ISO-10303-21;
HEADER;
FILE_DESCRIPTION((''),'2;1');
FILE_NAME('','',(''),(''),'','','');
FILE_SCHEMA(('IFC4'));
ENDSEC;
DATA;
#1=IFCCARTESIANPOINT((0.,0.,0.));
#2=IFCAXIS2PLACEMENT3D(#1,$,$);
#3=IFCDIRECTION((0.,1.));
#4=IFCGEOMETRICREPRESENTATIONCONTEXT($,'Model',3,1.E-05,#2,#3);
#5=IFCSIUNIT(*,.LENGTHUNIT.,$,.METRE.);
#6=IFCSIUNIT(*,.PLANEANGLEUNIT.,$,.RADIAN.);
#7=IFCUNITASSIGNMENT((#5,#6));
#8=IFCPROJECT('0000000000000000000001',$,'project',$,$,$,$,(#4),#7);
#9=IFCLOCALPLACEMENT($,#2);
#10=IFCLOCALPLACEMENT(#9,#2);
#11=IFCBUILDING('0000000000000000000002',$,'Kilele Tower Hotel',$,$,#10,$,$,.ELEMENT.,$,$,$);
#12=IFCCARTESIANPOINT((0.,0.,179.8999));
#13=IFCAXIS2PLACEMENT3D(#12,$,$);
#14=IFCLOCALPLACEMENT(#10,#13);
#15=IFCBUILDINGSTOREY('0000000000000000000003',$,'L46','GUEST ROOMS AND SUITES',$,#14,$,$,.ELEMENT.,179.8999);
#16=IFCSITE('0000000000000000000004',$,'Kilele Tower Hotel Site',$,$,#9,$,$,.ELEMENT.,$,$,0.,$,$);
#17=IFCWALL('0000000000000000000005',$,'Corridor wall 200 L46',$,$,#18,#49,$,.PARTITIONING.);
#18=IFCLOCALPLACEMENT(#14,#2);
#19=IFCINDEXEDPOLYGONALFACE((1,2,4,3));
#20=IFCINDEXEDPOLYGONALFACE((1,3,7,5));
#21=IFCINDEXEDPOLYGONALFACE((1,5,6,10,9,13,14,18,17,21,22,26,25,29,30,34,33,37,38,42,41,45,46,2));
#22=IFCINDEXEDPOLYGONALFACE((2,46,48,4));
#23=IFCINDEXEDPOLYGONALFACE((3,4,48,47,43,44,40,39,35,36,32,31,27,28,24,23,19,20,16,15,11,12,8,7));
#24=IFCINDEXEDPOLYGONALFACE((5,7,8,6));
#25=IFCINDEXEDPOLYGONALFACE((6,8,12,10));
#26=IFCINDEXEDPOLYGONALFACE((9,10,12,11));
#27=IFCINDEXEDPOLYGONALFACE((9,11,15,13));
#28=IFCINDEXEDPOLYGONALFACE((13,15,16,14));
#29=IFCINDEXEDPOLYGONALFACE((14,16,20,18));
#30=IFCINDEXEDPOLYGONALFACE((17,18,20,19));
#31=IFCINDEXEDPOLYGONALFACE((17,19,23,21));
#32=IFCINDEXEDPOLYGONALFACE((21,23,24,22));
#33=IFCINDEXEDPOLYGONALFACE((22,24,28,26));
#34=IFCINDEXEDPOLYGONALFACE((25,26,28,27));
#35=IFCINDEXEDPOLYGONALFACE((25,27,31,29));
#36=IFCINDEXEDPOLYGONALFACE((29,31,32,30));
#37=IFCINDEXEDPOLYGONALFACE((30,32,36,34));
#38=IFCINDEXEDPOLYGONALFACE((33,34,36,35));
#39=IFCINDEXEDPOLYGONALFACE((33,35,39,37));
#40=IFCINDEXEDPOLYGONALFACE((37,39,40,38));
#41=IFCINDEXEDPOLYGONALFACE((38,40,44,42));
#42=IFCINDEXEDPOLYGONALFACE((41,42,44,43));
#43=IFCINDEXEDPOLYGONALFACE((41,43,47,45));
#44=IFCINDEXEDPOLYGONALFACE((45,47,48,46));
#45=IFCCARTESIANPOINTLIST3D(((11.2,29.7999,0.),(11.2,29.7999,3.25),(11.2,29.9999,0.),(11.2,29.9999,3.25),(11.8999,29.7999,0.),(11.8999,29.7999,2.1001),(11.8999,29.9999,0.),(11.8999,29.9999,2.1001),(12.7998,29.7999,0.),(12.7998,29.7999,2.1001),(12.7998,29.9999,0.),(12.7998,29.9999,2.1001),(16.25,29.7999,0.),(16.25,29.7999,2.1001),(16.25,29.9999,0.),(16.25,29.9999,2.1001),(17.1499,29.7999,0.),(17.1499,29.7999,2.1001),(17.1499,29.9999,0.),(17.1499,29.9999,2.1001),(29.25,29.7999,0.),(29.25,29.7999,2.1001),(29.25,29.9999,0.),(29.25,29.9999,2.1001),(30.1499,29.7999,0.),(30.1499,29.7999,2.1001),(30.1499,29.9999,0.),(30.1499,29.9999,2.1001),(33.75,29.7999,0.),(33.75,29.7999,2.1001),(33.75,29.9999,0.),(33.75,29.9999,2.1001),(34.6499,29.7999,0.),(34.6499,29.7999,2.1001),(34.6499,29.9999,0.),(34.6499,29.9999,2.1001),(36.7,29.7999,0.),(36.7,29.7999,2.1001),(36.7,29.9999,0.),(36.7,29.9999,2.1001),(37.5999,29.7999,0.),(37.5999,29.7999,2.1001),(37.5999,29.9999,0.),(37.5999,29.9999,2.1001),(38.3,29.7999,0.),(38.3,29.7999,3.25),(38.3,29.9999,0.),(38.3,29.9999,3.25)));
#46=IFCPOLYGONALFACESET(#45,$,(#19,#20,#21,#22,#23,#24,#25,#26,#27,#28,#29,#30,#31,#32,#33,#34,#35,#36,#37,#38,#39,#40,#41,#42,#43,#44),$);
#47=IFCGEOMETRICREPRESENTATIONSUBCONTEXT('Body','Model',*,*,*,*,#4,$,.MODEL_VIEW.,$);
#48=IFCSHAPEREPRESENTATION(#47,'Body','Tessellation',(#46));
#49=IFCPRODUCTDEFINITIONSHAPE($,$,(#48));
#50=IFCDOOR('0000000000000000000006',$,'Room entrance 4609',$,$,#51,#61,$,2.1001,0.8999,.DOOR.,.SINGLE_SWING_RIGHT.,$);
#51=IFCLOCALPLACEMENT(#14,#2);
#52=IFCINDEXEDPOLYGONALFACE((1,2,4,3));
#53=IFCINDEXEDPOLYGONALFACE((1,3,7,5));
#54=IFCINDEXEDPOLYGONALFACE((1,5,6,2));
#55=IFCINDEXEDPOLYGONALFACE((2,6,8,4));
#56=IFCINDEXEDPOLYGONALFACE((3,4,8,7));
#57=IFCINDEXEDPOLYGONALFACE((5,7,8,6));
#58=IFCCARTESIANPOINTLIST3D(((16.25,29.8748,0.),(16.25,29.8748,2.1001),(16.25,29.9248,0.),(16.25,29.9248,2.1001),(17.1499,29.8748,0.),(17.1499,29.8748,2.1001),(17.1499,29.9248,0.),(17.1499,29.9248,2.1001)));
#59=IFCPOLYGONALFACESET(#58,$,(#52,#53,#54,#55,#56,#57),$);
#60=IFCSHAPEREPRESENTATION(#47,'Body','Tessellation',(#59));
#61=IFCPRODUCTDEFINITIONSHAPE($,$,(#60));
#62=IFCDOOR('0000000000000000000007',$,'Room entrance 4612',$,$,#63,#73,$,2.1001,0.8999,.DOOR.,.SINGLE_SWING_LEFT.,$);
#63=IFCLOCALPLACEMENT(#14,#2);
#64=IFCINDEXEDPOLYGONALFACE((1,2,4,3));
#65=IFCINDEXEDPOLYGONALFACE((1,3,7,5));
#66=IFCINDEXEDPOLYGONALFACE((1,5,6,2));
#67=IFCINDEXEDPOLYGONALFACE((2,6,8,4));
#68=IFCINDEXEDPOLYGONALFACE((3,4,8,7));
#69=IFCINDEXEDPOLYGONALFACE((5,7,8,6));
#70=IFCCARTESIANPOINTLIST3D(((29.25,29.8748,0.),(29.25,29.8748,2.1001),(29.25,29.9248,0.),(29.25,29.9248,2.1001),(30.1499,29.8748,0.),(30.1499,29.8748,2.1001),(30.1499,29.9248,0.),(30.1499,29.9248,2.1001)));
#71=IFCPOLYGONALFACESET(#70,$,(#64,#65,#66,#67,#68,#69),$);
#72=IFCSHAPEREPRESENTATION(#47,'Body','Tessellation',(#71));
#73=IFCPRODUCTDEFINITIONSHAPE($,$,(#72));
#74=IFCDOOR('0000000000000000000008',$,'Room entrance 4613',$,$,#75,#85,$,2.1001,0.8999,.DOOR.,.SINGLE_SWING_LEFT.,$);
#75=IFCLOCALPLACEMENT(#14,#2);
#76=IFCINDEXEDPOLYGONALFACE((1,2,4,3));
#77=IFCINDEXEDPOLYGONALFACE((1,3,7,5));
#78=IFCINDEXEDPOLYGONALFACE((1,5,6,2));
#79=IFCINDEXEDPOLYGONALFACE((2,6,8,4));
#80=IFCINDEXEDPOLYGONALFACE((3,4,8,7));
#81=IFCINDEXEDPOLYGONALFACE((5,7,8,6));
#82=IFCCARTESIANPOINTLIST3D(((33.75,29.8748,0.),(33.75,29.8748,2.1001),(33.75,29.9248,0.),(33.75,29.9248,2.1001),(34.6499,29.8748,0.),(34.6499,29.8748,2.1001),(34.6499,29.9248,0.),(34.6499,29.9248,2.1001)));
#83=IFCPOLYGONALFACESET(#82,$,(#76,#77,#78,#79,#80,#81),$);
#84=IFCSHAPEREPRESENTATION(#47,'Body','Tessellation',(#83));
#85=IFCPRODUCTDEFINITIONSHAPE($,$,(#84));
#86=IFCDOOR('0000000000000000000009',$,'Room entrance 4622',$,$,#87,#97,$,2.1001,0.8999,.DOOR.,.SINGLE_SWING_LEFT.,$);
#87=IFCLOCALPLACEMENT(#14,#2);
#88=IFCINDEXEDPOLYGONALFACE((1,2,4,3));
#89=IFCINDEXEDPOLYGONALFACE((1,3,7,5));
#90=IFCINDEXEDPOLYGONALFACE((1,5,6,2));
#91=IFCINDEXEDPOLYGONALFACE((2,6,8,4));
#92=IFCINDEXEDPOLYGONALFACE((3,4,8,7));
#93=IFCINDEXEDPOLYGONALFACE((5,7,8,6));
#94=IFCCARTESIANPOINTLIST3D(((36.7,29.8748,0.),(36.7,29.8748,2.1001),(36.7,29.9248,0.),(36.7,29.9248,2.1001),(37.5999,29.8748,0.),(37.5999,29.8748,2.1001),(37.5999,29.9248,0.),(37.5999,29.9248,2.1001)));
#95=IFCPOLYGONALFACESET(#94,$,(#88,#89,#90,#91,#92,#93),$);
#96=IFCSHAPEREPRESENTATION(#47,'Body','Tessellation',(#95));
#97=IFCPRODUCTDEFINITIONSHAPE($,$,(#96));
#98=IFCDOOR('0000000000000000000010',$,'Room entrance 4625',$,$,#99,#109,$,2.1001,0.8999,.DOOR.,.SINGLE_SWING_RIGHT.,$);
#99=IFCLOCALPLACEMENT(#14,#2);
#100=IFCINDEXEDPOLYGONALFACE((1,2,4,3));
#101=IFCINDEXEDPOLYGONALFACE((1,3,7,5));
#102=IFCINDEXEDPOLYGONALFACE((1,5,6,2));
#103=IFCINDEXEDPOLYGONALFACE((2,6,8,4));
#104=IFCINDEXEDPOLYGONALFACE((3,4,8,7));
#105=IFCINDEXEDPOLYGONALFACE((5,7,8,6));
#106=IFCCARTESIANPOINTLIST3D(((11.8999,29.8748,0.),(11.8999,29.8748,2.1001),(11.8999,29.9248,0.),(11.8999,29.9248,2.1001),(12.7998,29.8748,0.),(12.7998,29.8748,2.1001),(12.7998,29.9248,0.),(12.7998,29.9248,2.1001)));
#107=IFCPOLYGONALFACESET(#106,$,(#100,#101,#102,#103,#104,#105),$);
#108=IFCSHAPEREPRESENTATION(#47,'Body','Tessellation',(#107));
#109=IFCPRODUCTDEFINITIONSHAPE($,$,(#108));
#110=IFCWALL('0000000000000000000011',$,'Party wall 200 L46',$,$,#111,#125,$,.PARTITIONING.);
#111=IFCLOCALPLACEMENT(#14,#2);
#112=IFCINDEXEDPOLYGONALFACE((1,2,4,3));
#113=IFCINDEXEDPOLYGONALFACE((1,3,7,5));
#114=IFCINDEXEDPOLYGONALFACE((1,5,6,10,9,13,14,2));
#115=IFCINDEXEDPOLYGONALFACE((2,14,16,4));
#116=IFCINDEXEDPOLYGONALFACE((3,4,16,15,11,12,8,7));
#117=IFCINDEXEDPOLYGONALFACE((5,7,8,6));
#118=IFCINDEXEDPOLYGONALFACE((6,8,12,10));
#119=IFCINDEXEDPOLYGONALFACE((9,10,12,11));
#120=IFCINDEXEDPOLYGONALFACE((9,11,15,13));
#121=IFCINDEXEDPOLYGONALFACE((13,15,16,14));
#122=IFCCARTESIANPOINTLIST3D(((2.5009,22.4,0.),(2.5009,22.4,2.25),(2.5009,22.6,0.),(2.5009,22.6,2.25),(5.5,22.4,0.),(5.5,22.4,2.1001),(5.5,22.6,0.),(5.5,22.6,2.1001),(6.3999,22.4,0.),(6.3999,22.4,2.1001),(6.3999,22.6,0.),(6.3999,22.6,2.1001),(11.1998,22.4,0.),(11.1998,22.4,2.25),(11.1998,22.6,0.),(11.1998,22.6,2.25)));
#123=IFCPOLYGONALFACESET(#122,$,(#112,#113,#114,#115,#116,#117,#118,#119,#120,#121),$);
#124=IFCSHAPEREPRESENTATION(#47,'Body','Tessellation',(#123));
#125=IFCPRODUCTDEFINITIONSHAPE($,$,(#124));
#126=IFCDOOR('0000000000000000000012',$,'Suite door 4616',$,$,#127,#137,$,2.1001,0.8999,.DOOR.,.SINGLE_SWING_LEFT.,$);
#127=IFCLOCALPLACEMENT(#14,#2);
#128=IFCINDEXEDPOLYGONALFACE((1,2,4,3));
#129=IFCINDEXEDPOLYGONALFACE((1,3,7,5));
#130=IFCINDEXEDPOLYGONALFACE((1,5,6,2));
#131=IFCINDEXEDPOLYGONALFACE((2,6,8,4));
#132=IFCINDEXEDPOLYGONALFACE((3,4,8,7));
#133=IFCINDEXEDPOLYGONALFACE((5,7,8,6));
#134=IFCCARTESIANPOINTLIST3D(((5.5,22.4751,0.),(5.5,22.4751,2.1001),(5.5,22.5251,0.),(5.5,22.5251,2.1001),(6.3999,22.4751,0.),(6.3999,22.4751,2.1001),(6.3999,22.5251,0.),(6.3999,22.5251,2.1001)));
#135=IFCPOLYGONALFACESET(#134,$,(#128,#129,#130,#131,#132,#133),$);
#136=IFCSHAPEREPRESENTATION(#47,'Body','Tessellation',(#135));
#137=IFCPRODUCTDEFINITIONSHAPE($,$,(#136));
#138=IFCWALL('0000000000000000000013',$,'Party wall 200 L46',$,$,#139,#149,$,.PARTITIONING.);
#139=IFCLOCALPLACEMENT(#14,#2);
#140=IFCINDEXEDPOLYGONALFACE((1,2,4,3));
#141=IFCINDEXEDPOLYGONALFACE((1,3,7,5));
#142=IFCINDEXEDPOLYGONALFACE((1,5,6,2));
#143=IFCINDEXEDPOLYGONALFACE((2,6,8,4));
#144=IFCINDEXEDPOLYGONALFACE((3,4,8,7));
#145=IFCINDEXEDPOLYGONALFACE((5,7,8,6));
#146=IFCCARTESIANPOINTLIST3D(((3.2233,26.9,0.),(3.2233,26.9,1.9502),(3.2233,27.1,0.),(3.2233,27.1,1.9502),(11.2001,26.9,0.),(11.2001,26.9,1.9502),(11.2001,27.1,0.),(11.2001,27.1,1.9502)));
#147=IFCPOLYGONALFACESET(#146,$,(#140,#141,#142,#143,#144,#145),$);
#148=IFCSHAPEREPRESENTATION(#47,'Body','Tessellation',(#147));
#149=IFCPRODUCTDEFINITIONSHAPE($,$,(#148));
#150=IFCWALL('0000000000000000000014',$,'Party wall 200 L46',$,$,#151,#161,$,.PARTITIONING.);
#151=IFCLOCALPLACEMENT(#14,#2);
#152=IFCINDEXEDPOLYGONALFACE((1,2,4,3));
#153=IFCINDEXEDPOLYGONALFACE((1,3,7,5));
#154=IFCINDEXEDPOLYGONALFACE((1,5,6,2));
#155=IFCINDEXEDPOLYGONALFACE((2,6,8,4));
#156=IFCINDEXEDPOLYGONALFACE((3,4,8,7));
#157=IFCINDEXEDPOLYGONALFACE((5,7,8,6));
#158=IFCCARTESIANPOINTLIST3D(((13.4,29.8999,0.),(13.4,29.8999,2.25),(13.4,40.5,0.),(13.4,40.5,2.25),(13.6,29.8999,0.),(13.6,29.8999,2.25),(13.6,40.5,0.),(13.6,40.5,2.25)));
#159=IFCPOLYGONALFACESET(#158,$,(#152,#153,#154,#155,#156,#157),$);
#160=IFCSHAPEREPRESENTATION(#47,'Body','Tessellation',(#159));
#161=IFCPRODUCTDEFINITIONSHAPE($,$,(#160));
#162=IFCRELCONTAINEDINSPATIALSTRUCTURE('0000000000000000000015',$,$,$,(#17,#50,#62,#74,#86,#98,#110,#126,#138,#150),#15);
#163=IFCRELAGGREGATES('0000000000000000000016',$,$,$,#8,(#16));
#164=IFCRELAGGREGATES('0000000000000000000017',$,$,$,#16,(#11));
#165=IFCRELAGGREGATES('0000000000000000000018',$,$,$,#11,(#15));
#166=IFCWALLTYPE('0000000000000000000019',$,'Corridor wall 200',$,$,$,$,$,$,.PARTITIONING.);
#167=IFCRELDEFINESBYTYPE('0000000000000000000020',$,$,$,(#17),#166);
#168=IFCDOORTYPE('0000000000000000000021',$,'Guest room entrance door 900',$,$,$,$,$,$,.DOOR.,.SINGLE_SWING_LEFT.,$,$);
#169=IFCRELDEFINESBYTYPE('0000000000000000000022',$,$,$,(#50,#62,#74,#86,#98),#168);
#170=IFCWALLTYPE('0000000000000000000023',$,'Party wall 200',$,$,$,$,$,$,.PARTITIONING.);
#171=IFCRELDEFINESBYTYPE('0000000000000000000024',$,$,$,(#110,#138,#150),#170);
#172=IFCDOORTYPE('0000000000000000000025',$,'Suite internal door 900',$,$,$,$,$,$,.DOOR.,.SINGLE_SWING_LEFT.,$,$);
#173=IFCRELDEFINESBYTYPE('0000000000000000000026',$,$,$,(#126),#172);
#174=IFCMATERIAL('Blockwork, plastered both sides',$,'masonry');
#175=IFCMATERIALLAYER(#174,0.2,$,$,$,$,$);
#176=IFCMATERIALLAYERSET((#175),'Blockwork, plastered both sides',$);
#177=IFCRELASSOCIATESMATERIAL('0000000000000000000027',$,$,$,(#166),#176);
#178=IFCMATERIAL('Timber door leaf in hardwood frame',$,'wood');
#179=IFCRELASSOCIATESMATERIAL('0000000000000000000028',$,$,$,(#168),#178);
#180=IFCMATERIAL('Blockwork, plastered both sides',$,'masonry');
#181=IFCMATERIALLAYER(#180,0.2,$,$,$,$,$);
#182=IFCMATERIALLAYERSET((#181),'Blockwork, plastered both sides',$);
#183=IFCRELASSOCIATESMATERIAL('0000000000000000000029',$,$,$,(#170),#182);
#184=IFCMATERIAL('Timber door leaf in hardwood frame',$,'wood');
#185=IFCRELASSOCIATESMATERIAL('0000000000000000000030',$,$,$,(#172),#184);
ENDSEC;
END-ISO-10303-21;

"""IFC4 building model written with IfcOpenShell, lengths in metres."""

from ifc_helpers import new_model, si_unit, direction, frame, frame_2d, origin, place, context, subcontext, project, spatial, rectangle, extrude, material, layer, layer_set, type_object, element, fill, save


model = new_model("IFC4")

# Units and contexts
model_context = context("Model", 3, precision=1e-05, world=origin(), true_north=direction((0.0, 1.0)))
body_context = subcontext(model_context, "Body", "Model", "MODEL_VIEW")
ifc_project = project(units=[si_unit("LENGTHUNIT", "METRE"), si_unit("PLANEANGLEUNIT", "RADIAN")], contexts=[model_context])

# Site, building, storey
site_placement = place(None, origin())
site = spatial("IfcSite", under=ifc_project, at=site_placement, Name="Kilele Tower Hotel Site", CompositionType="ELEMENT", RefElevation=0.0)
building_placement = place(site_placement, origin())
building = spatial("IfcBuilding", under=site, at=building_placement, Name="Kilele Tower Hotel", CompositionType="ELEMENT")
storey_placement = place(building_placement, frame((0.0, 0.0, 179.8999)))
storey = spatial("IfcBuildingStorey", under=building, at=storey_placement, Name="L46", Description="GUEST ROOMS AND SUITES", CompositionType="ELEMENT", Elevation=179.8999)

# Wall, openings, doors
ifc_material_1 = material(Name="Blockwork, plastered both sides", Category="masonry")
ifc_layer_1 = layer(ifc_material_1, 0.2)
ifc_layer_set_1 = layer_set([ifc_layer_1], Name="Blockwork, plastered both sides")
wall_type_1 = type_object("IfcWallType", Name="Corridor wall 200", PredefinedType="PARTITIONING", material=ifc_layer_set_1)
wall_1_placement = place(storey_placement, frame((11.2, 29.8999, 0.0), z_axis=(0.0, 0.0, 1.0), x_axis=(1.0, 0.0, 0.0)))
wall_1 = element("IfcWall", 1, at=wall_1_placement, inside=storey, type_object=wall_type_1, Name="Corridor wall 200 L46", PredefinedType="PARTITIONING", context=body_context, shape_type="SweptSolid", body=[
    extrude(rectangle(XDim=27.1001, YDim=0.2, at=frame_2d((13.55, 0.0))), origin(), (0.0, 0.0, 1.0), 3.25),
])
opening_1_placement = place(wall_1_placement, frame((5.05, 0.0, 0.0)))
opening_1 = element("IfcOpeningElement", 2, at=opening_1_placement, cuts=wall_1, PredefinedType="OPENING", context=body_context, shape_type="SweptSolid", body=[
    extrude(rectangle(XDim=0.8999, YDim=2.1001, at=frame_2d((0.45, 1.05))), frame((0.0, 0.1099, 0.0), z_axis=(0.0, -1.0, 0.0), x_axis=(1.0, 0.0, 0.0)), (0.0, 0.0, 1.0), 0.22),
])
opening_2_placement = place(wall_1_placement, frame((18.05, 0.0, 0.0)))
opening_2 = element("IfcOpeningElement", 3, at=opening_2_placement, cuts=wall_1, PredefinedType="OPENING", context=body_context, shape_type="SweptSolid", body=[
    extrude(rectangle(XDim=0.8999, YDim=2.1001, at=frame_2d((0.45, 1.05))), frame((0.0, 0.1099, 0.0), z_axis=(0.0, -1.0, 0.0), x_axis=(1.0, 0.0, 0.0)), (0.0, 0.0, 1.0), 0.22),
])
opening_3_placement = place(wall_1_placement, frame((22.55, 0.0, 0.0)))
opening_3 = element("IfcOpeningElement", 4, at=opening_3_placement, cuts=wall_1, PredefinedType="OPENING", context=body_context, shape_type="SweptSolid", body=[
    extrude(rectangle(XDim=0.8999, YDim=2.1001, at=frame_2d((0.45, 1.05))), frame((0.0, 0.1099, 0.0), z_axis=(0.0, -1.0, 0.0), x_axis=(1.0, 0.0, 0.0)), (0.0, 0.0, 1.0), 0.22),
])
opening_4_placement = place(wall_1_placement, frame((25.5, 0.0, 0.0)))
opening_4 = element("IfcOpeningElement", 5, at=opening_4_placement, cuts=wall_1, PredefinedType="OPENING", context=body_context, shape_type="SweptSolid", body=[
    extrude(rectangle(XDim=0.8999, YDim=2.1001, at=frame_2d((0.45, 1.05))), frame((0.0, 0.1099, 0.0), z_axis=(0.0, -1.0, 0.0), x_axis=(1.0, 0.0, 0.0)), (0.0, 0.0, 1.0), 0.22),
])
opening_5_placement = place(wall_1_placement, frame((0.7, 0.0, 0.0)))
opening_5 = element("IfcOpeningElement", 6, at=opening_5_placement, cuts=wall_1, PredefinedType="OPENING", context=body_context, shape_type="SweptSolid", body=[
    extrude(rectangle(XDim=0.8999, YDim=2.1001, at=frame_2d((0.45, 1.05))), frame((0.0, 0.1099, 0.0), z_axis=(0.0, -1.0, 0.0), x_axis=(1.0, 0.0, 0.0)), (0.0, 0.0, 1.0), 0.22),
])
ifc_material_2 = material(Name="Timber door leaf in hardwood frame", Category="wood")
door_type_1 = type_object("IfcDoorType", Name="Guest room entrance door 900", OperationType="SINGLE_SWING_LEFT", PredefinedType="DOOR", material=ifc_material_2)
door_1_placement = place(opening_1_placement, origin())
door_1 = element("IfcDoor", 7, at=door_1_placement, inside=storey, type_object=door_type_1, Name="Room entrance 4609", OperationType="SINGLE_SWING_RIGHT", OverallHeight=2.1001, OverallWidth=0.8999, PredefinedType="DOOR", context=body_context, shape_type="SweptSolid", body=[
    extrude(rectangle(XDim=0.8999, YDim=2.1001, at=frame_2d((0.45, 1.05))), frame((0.0, 0.0249, 0.0), z_axis=(0.0, -1.0, 0.0), x_axis=(1.0, 0.0, 0.0)), (0.0, 0.0, 1.0), 0.05),
])
fill(opening_1, door_1)
door_2_placement = place(opening_2_placement, origin())
door_2 = element("IfcDoor", 8, at=door_2_placement, inside=storey, type_object=door_type_1, Name="Room entrance 4612", OperationType="SINGLE_SWING_LEFT", OverallHeight=2.1001, OverallWidth=0.8999, PredefinedType="DOOR", context=body_context, shape_type="SweptSolid", body=[
    extrude(rectangle(XDim=0.8999, YDim=2.1001, at=frame_2d((0.45, 1.05))), frame((0.0, 0.0249, 0.0), z_axis=(0.0, -1.0, 0.0), x_axis=(1.0, 0.0, 0.0)), (0.0, 0.0, 1.0), 0.05),
])
fill(opening_2, door_2)
door_3_placement = place(opening_3_placement, origin())
door_3 = element("IfcDoor", 9, at=door_3_placement, inside=storey, type_object=door_type_1, Name="Room entrance 4613", OperationType="SINGLE_SWING_LEFT", OverallHeight=2.1001, OverallWidth=0.8999, PredefinedType="DOOR", context=body_context, shape_type="SweptSolid", body=[
    extrude(rectangle(XDim=0.8999, YDim=2.1001, at=frame_2d((0.45, 1.05))), frame((0.0, 0.0249, 0.0), z_axis=(0.0, -1.0, 0.0), x_axis=(1.0, 0.0, 0.0)), (0.0, 0.0, 1.0), 0.05),
])
fill(opening_3, door_3)
door_4_placement = place(opening_4_placement, origin())
door_4 = element("IfcDoor", 10, at=door_4_placement, inside=storey, type_object=door_type_1, Name="Room entrance 4622", OperationType="SINGLE_SWING_LEFT", OverallHeight=2.1001, OverallWidth=0.8999, PredefinedType="DOOR", context=body_context, shape_type="SweptSolid", body=[
    extrude(rectangle(XDim=0.8999, YDim=2.1001, at=frame_2d((0.45, 1.05))), frame((0.0, 0.0249, 0.0), z_axis=(0.0, -1.0, 0.0), x_axis=(1.0, 0.0, 0.0)), (0.0, 0.0, 1.0), 0.05),
])
fill(opening_4, door_4)
door_5_placement = place(opening_5_placement, origin())
door_5 = element("IfcDoor", 11, at=door_5_placement, inside=storey, type_object=door_type_1, Name="Room entrance 4625", OperationType="SINGLE_SWING_RIGHT", OverallHeight=2.1001, OverallWidth=0.8999, PredefinedType="DOOR", context=body_context, shape_type="SweptSolid", body=[
    extrude(rectangle(XDim=0.8999, YDim=2.1001, at=frame_2d((0.45, 1.05))), frame((0.0, 0.0249, 0.0), z_axis=(0.0, -1.0, 0.0), x_axis=(1.0, 0.0, 0.0)), (0.0, 0.0, 1.0), 0.05),
])
fill(opening_5, door_5)

# Wall, opening, door
ifc_material_3 = material(Name="Blockwork, plastered both sides", Category="masonry")
ifc_layer_2 = layer(ifc_material_3, 0.2)
ifc_layer_set_2 = layer_set([ifc_layer_2], Name="Blockwork, plastered both sides")
wall_type_2 = type_object("IfcWallType", Name="Party wall 200", PredefinedType="PARTITIONING", material=ifc_layer_set_2)
wall_2_placement = place(storey_placement, frame((11.2, 22.5, 0.0), z_axis=(0.0, 0.0, 1.0), x_axis=(-1.0, 0.0, 0.0)))
wall_2 = element("IfcWall", 12, at=wall_2_placement, inside=storey, type_object=wall_type_2, Name="Party wall 200 L46", PredefinedType="PARTITIONING", context=body_context, shape_type="SweptSolid", body=[
    extrude(rectangle(XDim=8.699, YDim=0.2, at=frame_2d((4.3496, 0.0))), origin(), (0.0, 0.0, 1.0), 2.25),
])
opening_6_placement = place(wall_2_placement, frame((4.8, 0.0, 0.0)))
opening_6 = element("IfcOpeningElement", 13, at=opening_6_placement, cuts=wall_2, PredefinedType="OPENING", context=body_context, shape_type="SweptSolid", body=[
    extrude(rectangle(XDim=0.8999, YDim=2.1001, at=frame_2d((0.45, 1.05))), frame((0.0, 0.1099, 0.0), z_axis=(0.0, -1.0, 0.0), x_axis=(1.0, 0.0, 0.0)), (0.0, 0.0, 1.0), 0.22),
])
ifc_material_4 = material(Name="Timber door leaf in hardwood frame", Category="wood")
door_type_2 = type_object("IfcDoorType", Name="Suite internal door 900", OperationType="SINGLE_SWING_LEFT", PredefinedType="DOOR", material=ifc_material_4)
door_6_placement = place(opening_6_placement, origin())
door_6 = element("IfcDoor", 14, at=door_6_placement, inside=storey, type_object=door_type_2, Name="Suite door 4616", OperationType="SINGLE_SWING_LEFT", OverallHeight=2.1001, OverallWidth=0.8999, PredefinedType="DOOR", context=body_context, shape_type="SweptSolid", body=[
    extrude(rectangle(XDim=0.8999, YDim=2.1001, at=frame_2d((0.45, 1.05))), frame((0.0, 0.0249, 0.0), z_axis=(0.0, -1.0, 0.0), x_axis=(1.0, 0.0, 0.0)), (0.0, 0.0, 1.0), 0.05),
])
fill(opening_6, door_6)

# Walls
wall_3_placement = place(storey_placement, frame((11.2, 27.0, 0.0), z_axis=(0.0, 0.0, 1.0), x_axis=(-1.0, 0.0, 0.0)))
element("IfcWall", 15, at=wall_3_placement, inside=storey, type_object=wall_type_2, Name="Party wall 200 L46", PredefinedType="PARTITIONING", context=body_context, shape_type="SweptSolid", body=[
    extrude(rectangle(XDim=7.9768, YDim=0.2, at=frame_2d((3.9883, 0.0))), origin(), (0.0, 0.0, 1.0), 1.9502),
])
wall_4_placement = place(storey_placement, frame((13.5, 29.8999, 0.0), z_axis=(0.0, 0.0, 1.0), x_axis=(0.0, 1.0, 0.0)))
element("IfcWall", 16, at=wall_4_placement, inside=storey, type_object=wall_type_2, Name="Party wall 200 L46", PredefinedType="PARTITIONING", context=body_context, shape_type="SweptSolid", body=[
    extrude(rectangle(XDim=10.6001, YDim=0.2, at=frame_2d((5.3, 0.0))), origin(), (0.0, 0.0, 1.0), 2.25),
])

save(model, "model.ifc")
